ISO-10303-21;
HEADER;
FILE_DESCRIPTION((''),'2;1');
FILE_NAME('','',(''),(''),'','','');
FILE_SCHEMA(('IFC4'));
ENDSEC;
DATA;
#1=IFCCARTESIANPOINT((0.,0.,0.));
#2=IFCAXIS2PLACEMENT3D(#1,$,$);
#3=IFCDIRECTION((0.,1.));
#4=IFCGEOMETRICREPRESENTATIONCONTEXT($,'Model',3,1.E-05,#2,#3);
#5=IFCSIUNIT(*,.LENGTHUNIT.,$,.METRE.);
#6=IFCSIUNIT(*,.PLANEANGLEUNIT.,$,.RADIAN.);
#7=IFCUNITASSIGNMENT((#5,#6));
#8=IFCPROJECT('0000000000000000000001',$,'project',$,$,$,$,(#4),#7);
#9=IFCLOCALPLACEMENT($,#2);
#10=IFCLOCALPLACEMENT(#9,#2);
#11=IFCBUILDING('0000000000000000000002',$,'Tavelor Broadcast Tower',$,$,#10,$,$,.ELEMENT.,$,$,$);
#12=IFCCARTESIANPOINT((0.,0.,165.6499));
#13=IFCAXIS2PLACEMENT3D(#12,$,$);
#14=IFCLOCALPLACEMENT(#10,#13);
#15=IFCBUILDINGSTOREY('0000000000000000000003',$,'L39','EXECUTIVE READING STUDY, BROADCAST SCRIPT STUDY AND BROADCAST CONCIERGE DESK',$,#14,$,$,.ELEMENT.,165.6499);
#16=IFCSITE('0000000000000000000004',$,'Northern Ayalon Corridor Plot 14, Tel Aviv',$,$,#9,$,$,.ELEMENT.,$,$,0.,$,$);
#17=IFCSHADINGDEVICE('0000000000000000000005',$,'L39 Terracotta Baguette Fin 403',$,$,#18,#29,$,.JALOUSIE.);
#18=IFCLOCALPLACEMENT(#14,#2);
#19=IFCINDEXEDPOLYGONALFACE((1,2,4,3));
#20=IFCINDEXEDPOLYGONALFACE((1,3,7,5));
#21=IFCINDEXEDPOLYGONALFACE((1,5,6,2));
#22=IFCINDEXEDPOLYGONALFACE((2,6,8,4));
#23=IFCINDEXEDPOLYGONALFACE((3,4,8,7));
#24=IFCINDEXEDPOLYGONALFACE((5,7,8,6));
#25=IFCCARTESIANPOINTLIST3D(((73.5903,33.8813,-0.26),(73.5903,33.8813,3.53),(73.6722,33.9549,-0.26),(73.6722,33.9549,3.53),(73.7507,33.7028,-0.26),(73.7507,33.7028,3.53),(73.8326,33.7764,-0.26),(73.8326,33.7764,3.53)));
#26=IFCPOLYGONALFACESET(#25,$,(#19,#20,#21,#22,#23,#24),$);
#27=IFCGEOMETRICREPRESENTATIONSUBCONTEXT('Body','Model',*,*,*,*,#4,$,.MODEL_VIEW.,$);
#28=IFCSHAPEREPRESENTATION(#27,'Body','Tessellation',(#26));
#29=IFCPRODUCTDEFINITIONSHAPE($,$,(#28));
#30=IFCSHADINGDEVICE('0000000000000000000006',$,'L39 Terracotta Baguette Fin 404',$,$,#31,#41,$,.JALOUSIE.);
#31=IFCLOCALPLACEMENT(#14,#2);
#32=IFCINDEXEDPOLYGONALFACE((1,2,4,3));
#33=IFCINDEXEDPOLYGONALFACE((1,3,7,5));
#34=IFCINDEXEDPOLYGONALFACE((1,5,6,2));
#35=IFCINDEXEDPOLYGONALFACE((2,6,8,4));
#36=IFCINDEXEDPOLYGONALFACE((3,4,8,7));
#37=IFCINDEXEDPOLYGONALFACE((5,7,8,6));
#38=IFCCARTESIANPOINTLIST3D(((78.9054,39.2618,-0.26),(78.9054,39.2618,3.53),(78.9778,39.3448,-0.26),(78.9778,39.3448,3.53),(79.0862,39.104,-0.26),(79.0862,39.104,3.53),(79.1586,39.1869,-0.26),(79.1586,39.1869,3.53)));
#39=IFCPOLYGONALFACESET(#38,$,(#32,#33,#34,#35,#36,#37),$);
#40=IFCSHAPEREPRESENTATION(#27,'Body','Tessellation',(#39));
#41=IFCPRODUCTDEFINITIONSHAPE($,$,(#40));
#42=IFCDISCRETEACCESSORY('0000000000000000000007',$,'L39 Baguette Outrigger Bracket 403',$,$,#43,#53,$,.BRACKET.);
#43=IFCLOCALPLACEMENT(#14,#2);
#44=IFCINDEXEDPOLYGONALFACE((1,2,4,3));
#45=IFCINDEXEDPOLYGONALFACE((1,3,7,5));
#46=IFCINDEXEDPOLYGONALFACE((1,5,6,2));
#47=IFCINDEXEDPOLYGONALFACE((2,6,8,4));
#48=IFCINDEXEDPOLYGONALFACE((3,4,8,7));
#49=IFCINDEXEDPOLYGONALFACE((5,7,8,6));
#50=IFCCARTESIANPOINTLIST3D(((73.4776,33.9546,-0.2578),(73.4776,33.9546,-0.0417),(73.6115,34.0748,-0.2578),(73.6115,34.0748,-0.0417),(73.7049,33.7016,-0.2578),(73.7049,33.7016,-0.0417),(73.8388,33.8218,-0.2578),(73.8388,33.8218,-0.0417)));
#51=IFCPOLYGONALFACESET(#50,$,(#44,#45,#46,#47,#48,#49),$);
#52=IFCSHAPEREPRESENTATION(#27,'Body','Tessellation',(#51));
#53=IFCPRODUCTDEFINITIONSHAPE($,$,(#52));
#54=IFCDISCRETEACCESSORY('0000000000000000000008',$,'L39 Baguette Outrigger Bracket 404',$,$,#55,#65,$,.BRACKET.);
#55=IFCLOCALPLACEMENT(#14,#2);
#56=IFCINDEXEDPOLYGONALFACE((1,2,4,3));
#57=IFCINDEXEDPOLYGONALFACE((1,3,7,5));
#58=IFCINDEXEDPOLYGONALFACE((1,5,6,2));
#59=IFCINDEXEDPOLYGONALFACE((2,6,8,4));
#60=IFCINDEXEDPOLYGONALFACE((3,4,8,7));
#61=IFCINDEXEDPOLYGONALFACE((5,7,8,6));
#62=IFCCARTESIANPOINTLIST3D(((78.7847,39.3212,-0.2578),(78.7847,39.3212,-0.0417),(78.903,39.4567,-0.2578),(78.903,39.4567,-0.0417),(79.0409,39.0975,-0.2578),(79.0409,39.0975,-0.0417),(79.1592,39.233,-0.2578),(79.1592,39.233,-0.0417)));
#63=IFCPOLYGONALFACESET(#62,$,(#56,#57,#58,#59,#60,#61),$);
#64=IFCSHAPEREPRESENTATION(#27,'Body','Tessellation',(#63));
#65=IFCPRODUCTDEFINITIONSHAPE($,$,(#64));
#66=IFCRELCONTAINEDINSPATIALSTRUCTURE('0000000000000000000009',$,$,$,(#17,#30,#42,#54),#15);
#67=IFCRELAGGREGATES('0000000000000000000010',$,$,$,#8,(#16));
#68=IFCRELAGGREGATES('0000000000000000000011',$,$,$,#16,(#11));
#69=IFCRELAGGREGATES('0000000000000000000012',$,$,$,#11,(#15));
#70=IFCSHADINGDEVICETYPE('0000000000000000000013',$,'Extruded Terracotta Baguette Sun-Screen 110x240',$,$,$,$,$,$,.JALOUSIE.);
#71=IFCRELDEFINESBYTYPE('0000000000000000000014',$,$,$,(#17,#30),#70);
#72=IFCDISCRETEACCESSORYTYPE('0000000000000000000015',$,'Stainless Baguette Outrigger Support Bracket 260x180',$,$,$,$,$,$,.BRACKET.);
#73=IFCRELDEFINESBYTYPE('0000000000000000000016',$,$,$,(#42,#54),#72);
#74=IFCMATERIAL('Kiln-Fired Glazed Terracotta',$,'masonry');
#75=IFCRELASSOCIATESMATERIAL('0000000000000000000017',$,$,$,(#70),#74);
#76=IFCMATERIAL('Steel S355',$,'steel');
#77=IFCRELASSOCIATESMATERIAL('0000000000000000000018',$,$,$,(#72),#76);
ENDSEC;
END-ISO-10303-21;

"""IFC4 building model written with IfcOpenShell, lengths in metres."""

from ifc_helpers import new_model, si_unit, direction, frame, origin, origin_2d, place, context, subcontext, project, spatial, rectangle, extrude, source, transform, mapped, material, type_object, type_shapes, element, save


model = new_model("IFC4")

# Units and contexts
model_context = context("Model", 3, precision=1e-05, world=origin(), true_north=direction((0.0, 1.0)))
body_context = subcontext(model_context, "Body", "Model", "MODEL_VIEW")
ifc_project = project(units=[si_unit("LENGTHUNIT", "METRE"), si_unit("PLANEANGLEUNIT", "RADIAN")], contexts=[model_context])

# Site, building, storey
site_placement = place(None, origin())
site = spatial("IfcSite", under=ifc_project, at=site_placement, Name="Northern Ayalon Corridor Plot 14, Tel Aviv", CompositionType="ELEMENT", RefElevation=0.0)
building_placement = place(site_placement, origin())
building = spatial("IfcBuilding", under=site, at=building_placement, Name="Tavelor Broadcast Tower", CompositionType="ELEMENT")
storey_placement = place(building_placement, frame((0.0, 0.0, 165.6499)))
storey = spatial("IfcBuildingStorey", under=building, at=storey_placement, Name="L39", Description="EXECUTIVE READING STUDY, BROADCAST SCRIPT STUDY AND BROADCAST CONCIERGE DESK", CompositionType="ELEMENT", Elevation=165.6499)

# Shared definitions
ifc_material_1 = material(Name="Steel S355", Category="steel")

# Shading devices
ifc_material_2 = material(Name="Kiln-Fired Glazed Terracotta", Category="masonry")
shading_device_type = type_object("IfcShadingDeviceType", Name="Extruded Terracotta Baguette Sun-Screen 110x240", PredefinedType="JALOUSIE", material=ifc_material_2)
shared_shape_1 = source(origin(), body_context, "Body", "SweptSolid", [
    extrude(rectangle(XDim=0.1101, YDim=0.24, at=origin_2d()), origin(), (0.0, 0.0, 1.0), 3.79),
])
type_shapes(shading_device_type, [shared_shape_1])
for number, where, z_axis, x_axis, name in (
    (1, (73.7114, 33.8289, -0.26), (0.0, 0.0, 1.0), (0.743962, 0.668222, 0.0), "L39 Terracotta Baguette Fin 403"),
    (2, (79.032, 39.2244, -0.26), (0.0, 0.0, 1.0), (0.657638, 0.753334, 0.0), "L39 Terracotta Baguette Fin 404"),
):
    element("IfcShadingDevice", number, at=place(storey_placement, frame(where, z_axis=z_axis, x_axis=x_axis)), inside=storey, type_object=shading_device_type, Name=name, PredefinedType="JALOUSIE", context=body_context, shape_type="MappedRepresentation", body=[
        mapped(shared_shape_1, transform((0.0, 0.0, 0.0), scale=1.0)),
    ])

# Discrete accessories
discrete_accessory_type = type_object("IfcDiscreteAccessoryType", Name="Stainless Baguette Outrigger Support Bracket 260x180", PredefinedType="BRACKET", material=ifc_material_1)
shared_shape_2 = source(origin(), body_context, "Body", "SweptSolid", [
    extrude(rectangle(XDim=0.1799, YDim=0.3401, at=origin_2d()), origin(), (0.0, 0.0, 1.0), 0.2161),
])
type_shapes(discrete_accessory_type, [shared_shape_2])
for number, where, z_axis, x_axis, name in (
    (3, (73.6582, 33.8882, -0.2578), (0.0, 0.0, 1.0), (0.743962, 0.668222, 0.0), "L39 Baguette Outrigger Bracket 403"),
    (4, (78.9719, 39.2771, -0.2578), (0.0, 0.0, 1.0), (0.657638, 0.753334, 0.0), "L39 Baguette Outrigger Bracket 404"),
):
    element("IfcDiscreteAccessory", number, at=place(storey_placement, frame(where, z_axis=z_axis, x_axis=x_axis)), inside=storey, type_object=discrete_accessory_type, Name=name, PredefinedType="BRACKET", context=body_context, shape_type="MappedRepresentation", body=[
        mapped(shared_shape_2, transform((0.0, 0.0, 0.0), scale=1.0)),
    ])

save(model, "model.ifc")
